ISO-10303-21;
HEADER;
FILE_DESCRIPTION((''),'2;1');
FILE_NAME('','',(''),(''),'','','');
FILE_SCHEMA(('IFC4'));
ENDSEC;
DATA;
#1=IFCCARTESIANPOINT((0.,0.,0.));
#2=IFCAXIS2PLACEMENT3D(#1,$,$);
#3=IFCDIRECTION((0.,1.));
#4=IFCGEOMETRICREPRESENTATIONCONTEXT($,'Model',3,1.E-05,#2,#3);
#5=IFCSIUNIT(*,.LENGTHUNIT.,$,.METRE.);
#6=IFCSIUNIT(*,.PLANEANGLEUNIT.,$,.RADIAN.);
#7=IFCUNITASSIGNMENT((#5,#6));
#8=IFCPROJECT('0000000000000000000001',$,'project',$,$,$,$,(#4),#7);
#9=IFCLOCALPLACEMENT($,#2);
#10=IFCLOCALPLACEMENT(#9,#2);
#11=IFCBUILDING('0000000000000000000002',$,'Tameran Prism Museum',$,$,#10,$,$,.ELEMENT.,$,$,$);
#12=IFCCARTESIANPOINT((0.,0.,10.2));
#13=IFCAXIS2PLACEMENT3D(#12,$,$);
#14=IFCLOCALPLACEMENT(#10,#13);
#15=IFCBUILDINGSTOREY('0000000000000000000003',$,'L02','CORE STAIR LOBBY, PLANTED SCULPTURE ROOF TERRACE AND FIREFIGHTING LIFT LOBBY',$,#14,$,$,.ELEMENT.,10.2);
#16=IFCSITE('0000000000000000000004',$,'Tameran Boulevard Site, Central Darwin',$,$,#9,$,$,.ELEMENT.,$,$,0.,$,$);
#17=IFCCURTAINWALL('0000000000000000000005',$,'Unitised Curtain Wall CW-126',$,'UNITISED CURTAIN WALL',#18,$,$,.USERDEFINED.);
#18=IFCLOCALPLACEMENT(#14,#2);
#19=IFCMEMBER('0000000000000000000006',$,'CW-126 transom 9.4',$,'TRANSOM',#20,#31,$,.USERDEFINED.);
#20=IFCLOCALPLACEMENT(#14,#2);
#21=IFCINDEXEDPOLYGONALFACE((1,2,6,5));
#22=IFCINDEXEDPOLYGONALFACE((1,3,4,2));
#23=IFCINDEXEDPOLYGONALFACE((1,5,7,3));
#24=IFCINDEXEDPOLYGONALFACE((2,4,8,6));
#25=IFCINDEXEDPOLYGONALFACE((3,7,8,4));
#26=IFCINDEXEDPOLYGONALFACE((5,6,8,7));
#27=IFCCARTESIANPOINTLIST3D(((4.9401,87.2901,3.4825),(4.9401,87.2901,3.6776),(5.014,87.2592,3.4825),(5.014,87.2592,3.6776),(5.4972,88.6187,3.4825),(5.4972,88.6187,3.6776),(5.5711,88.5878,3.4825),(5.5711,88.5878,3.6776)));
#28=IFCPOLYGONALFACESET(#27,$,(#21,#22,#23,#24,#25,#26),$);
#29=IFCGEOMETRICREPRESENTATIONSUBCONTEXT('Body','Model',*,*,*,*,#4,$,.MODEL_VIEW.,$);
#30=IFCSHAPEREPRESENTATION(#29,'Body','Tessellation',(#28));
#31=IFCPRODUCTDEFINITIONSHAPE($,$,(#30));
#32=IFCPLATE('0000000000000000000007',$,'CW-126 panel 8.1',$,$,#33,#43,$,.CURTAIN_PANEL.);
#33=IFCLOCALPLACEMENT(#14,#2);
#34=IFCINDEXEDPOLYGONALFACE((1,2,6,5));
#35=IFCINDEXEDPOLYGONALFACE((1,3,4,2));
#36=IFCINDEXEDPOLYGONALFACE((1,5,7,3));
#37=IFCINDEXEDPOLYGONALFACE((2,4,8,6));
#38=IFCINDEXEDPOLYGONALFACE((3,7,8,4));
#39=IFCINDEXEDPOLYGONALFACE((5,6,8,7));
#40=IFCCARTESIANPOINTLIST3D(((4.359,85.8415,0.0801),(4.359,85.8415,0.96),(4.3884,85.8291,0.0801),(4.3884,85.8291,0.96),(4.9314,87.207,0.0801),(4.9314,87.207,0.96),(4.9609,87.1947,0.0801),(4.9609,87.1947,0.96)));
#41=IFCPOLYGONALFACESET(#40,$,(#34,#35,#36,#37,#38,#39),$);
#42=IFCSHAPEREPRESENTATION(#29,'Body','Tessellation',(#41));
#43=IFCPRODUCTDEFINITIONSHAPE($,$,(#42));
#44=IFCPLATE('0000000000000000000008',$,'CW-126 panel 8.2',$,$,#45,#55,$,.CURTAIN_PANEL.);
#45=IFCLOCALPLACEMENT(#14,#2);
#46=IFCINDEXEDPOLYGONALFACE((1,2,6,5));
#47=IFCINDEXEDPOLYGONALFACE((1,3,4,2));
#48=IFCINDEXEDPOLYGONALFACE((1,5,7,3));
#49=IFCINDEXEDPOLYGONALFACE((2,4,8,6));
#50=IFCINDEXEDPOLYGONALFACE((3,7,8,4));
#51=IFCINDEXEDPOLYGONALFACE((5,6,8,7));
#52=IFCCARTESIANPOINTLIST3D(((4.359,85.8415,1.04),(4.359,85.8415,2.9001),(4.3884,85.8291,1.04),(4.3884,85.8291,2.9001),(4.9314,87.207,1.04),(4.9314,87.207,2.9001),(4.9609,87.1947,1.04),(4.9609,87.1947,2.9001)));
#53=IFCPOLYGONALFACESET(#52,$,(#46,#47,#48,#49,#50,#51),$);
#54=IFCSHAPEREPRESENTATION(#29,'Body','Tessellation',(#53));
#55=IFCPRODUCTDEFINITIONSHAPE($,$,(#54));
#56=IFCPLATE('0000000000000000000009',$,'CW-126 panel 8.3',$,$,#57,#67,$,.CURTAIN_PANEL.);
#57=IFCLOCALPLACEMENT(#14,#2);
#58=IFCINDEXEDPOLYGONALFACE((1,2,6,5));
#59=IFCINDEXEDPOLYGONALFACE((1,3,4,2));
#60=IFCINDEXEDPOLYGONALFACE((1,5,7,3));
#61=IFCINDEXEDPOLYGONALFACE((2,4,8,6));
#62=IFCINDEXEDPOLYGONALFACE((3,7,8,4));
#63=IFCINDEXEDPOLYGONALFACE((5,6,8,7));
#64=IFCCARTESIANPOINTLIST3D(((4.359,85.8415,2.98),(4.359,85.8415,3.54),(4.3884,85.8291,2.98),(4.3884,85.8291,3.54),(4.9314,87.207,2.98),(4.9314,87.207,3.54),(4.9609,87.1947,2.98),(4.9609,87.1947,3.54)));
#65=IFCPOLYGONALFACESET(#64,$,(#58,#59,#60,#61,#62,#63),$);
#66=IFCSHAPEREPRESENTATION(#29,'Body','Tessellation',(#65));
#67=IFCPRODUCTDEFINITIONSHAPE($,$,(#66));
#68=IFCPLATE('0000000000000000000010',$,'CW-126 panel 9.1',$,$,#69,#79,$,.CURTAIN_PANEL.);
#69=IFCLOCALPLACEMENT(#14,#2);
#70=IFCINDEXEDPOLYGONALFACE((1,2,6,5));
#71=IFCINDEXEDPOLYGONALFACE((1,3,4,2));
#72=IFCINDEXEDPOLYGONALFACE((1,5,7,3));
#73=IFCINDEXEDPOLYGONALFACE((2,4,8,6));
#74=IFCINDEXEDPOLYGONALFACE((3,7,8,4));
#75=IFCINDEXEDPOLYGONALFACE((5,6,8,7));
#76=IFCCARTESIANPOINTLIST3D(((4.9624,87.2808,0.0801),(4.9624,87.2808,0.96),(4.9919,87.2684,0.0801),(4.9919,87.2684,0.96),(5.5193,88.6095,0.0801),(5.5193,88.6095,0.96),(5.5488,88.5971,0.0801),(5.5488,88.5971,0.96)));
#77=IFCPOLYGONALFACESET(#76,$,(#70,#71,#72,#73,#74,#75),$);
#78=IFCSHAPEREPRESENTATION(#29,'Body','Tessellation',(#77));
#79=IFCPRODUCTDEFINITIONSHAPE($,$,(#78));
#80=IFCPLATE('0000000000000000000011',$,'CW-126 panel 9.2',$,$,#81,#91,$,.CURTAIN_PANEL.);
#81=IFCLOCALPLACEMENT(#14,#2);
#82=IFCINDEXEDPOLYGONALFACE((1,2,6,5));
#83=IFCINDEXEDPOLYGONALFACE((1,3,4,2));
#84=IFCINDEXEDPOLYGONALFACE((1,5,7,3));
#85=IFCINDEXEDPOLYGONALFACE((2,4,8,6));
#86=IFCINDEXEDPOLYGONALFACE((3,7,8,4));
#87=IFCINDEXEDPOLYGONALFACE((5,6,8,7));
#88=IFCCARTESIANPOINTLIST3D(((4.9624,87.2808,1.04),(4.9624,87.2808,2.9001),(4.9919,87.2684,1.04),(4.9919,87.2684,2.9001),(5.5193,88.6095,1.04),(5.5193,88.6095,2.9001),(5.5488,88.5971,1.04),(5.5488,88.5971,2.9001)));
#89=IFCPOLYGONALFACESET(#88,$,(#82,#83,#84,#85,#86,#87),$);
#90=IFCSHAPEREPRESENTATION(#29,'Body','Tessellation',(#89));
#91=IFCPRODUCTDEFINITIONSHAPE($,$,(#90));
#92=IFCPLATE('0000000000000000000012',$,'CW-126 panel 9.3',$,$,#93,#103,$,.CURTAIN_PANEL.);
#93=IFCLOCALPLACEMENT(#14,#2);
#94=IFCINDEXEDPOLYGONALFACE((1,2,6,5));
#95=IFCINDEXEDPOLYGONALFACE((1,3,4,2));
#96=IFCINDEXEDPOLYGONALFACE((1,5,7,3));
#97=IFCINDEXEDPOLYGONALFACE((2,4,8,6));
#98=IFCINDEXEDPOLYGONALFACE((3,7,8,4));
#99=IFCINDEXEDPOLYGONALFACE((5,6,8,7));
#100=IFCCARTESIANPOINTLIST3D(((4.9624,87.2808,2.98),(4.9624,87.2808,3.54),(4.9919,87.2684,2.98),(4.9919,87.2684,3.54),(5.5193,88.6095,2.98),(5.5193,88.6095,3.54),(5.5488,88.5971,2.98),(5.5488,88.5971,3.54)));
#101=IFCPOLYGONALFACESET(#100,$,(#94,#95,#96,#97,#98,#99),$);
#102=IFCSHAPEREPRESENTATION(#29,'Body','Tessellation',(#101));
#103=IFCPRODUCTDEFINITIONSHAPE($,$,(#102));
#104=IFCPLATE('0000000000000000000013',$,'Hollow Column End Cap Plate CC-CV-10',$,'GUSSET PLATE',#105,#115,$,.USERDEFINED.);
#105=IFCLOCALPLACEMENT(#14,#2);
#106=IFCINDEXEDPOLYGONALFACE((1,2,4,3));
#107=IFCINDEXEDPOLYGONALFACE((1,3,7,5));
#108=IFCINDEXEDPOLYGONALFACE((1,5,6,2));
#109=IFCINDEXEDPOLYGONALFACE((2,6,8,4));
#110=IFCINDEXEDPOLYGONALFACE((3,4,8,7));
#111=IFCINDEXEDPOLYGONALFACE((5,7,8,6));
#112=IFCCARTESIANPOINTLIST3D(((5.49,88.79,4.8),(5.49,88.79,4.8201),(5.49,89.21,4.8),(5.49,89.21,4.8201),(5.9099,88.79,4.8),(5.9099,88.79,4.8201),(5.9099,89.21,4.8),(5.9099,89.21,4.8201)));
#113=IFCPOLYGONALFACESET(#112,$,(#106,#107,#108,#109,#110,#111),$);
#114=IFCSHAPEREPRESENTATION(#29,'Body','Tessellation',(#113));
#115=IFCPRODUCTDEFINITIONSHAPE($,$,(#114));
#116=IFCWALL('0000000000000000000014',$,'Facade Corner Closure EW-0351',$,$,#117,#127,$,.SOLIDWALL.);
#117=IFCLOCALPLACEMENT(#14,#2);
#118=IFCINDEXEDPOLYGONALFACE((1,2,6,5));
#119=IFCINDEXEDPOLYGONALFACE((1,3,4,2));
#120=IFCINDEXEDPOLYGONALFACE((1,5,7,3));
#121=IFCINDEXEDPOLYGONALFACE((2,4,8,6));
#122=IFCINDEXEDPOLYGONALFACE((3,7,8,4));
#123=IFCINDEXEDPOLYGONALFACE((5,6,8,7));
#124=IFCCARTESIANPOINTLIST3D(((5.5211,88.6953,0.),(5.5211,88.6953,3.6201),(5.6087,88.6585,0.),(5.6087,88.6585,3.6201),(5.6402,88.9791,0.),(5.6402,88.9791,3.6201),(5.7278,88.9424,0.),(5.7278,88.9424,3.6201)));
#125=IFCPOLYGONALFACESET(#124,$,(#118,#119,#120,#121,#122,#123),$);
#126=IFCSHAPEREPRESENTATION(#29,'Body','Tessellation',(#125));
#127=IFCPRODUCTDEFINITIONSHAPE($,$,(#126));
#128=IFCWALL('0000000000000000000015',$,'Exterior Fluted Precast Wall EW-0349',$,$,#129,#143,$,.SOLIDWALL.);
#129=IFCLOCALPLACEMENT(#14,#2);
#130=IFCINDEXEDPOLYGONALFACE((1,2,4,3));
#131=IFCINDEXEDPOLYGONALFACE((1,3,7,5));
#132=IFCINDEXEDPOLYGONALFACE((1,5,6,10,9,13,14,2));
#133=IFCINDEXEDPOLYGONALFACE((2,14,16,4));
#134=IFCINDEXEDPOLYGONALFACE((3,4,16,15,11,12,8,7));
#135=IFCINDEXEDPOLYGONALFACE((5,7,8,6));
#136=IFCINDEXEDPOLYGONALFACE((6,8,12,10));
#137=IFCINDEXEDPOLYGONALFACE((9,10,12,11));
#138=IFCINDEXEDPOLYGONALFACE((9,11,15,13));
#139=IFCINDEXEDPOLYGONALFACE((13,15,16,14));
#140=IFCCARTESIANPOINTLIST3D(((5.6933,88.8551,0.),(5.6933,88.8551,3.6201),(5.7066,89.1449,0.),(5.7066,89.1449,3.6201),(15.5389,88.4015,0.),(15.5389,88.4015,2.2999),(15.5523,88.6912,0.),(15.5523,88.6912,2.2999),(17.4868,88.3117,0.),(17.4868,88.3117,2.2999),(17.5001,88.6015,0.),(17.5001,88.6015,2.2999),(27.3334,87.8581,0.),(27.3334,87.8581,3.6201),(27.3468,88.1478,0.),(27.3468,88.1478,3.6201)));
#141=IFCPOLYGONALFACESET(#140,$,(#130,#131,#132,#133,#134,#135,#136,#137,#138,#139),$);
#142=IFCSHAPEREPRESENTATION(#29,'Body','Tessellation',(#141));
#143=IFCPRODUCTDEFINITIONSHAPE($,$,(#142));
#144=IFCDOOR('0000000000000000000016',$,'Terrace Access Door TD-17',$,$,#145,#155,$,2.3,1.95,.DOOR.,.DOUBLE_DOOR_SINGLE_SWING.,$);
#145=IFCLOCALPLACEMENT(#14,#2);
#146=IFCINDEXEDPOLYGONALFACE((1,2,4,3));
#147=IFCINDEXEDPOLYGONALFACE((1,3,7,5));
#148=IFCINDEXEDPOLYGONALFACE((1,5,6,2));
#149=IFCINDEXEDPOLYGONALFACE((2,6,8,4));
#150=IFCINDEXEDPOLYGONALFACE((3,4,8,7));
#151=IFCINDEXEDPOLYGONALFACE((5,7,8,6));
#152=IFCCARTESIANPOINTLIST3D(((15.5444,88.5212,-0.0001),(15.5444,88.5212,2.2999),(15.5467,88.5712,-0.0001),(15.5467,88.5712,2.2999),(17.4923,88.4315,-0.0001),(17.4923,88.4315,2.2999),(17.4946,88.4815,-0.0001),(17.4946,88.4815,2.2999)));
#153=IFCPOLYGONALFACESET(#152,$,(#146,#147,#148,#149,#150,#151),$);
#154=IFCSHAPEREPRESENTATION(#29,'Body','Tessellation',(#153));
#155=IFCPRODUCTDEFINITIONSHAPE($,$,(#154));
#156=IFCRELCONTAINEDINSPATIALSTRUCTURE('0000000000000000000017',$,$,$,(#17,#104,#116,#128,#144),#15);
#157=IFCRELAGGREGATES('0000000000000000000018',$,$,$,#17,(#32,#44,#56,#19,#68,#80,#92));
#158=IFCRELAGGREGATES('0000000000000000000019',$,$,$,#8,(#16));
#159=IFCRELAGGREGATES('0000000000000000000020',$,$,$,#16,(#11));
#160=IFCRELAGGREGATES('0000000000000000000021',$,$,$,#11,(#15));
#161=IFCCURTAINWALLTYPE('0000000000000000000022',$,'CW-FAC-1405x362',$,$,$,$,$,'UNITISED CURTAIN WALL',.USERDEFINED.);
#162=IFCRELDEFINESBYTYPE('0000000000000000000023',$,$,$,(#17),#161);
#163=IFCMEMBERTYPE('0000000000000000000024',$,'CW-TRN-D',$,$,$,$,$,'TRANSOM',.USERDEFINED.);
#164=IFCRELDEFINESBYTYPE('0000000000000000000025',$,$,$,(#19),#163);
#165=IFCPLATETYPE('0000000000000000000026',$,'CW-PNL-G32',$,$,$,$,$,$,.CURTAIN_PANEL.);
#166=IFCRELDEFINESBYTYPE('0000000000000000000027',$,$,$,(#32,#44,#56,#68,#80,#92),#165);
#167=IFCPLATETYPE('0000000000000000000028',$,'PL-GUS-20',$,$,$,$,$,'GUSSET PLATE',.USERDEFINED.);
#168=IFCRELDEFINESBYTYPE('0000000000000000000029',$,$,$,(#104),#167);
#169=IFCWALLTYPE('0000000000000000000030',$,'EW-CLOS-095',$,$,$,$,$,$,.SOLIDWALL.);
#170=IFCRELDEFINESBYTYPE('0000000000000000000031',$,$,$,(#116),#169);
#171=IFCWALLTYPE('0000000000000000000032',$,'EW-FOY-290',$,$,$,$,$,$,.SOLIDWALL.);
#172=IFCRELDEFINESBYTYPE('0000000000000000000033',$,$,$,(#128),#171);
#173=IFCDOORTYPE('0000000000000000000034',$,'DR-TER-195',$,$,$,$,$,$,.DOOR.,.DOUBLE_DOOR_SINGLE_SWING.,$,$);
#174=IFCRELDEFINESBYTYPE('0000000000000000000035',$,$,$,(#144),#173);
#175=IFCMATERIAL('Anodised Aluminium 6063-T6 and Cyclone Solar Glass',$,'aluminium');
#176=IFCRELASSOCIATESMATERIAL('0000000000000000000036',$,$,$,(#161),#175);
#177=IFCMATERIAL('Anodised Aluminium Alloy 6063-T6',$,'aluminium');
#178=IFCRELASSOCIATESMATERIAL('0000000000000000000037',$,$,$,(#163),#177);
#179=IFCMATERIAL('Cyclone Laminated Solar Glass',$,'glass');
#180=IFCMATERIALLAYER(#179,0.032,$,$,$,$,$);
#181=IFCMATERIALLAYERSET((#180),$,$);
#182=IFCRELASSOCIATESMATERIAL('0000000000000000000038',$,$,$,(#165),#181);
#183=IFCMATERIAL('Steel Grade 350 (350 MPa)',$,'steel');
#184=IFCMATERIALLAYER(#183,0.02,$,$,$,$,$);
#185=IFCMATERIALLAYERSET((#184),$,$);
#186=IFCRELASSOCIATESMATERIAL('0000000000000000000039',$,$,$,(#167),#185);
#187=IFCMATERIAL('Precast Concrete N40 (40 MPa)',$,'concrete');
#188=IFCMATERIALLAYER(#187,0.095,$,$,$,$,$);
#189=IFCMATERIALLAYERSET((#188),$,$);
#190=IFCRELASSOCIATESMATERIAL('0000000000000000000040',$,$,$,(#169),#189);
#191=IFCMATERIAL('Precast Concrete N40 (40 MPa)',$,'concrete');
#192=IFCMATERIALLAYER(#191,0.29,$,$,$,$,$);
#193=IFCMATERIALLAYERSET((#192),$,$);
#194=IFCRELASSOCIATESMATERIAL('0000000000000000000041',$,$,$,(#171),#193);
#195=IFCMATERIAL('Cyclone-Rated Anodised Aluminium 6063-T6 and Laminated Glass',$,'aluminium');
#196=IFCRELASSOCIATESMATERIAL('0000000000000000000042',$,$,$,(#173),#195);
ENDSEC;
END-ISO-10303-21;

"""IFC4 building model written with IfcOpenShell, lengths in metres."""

from ifc_helpers import new_model, si_unit, direction, frame, frame_2d, origin, origin_2d, place, context, subcontext, project, spatial, rectangle, extrude, material, layer, layer_set, material_profile, profile_set, type_object, element, fill, aggregate, save


model = new_model("IFC4")

# Units and contexts
model_context = context("Model", 3, precision=1e-05, world=origin(), true_north=direction((0.0, 1.0)))
body_context = subcontext(model_context, "Body", "Model", "MODEL_VIEW")
ifc_project = project(units=[si_unit("LENGTHUNIT", "METRE"), si_unit("PLANEANGLEUNIT", "RADIAN")], contexts=[model_context])

# Site, building, storey
site_placement = place(None, origin())
site = spatial("IfcSite", under=ifc_project, at=site_placement, Name="Tameran Boulevard Site, Central Darwin", CompositionType="ELEMENT", RefElevation=0.0)
building_placement = place(site_placement, origin())
building = spatial("IfcBuilding", under=site, at=building_placement, Name="Tameran Prism Museum", CompositionType="ELEMENT")
storey_placement = place(building_placement, frame((0.0, 0.0, 10.2)))
storey = spatial("IfcBuildingStorey", under=building, at=storey_placement, Name="L02", Description="CORE STAIR LOBBY, PLANTED SCULPTURE ROOF TERRACE AND FIREFIGHTING LIFT LOBBY", CompositionType="ELEMENT", Elevation=10.2)

# Curtain wall, member, plates
ifc_material_1 = material(Name="Anodised Aluminium 6063-T6 and Cyclone Solar Glass", Category="aluminium")
curtain_wall_type = type_object("IfcCurtainWallType", Name="CW-FAC-1405x362", ElementType="UNITISED CURTAIN WALL", PredefinedType="USERDEFINED", material=ifc_material_1)
curtain_wall_placement = place(storey_placement, origin())
curtain_wall = element("IfcCurtainWall", 1, at=curtain_wall_placement, inside=storey, type_object=curtain_wall_type, Name="Unitised Curtain Wall CW-126", ObjectType="UNITISED CURTAIN WALL", PredefinedType="USERDEFINED")
ifc_material_2 = material(Name="Anodised Aluminium Alloy 6063-T6", Category="aluminium")
ifc_material_profile_1 = material_profile(ifc_material_2, rectangle(XDim=0.0801, YDim=0.1951, at=origin_2d()))
ifc_profile_set_1 = profile_set([ifc_material_profile_1])
member_type_1 = type_object("IfcMemberType", Name="CW-TRN-D", ElementType="TRANSOM", PredefinedType="USERDEFINED", material=ifc_profile_set_1)
member_1_placement = place(storey_placement, frame((4.9771, 87.2747, 3.5801), z_axis=(0.386708, 0.922202, 0.0), x_axis=(-0.922202, 0.386708, 0.0)))
member_1 = element("IfcMember", 2, at=member_1_placement, type_object=member_type_1, Name="CW-126 transom 9.4", ObjectType="TRANSOM", PredefinedType="USERDEFINED", context=body_context, shape_type="SweptSolid", body=[
    extrude(rectangle(XDim=0.0801, YDim=0.1951, at=origin_2d()), origin(), (0.0, 0.0, 1.0), 1.4407),
])
ifc_material_3 = material(Name="Cyclone Laminated Solar Glass", Category="glass")
ifc_layer_1 = layer(ifc_material_3, 0.032)
ifc_layer_set_1 = layer_set([ifc_layer_1])
plate_type_1 = type_object("IfcPlateType", Name="CW-PNL-G32", PredefinedType="CURTAIN_PANEL", material=ifc_layer_set_1)
plate_1_placement = place(storey_placement, frame((4.6599, 86.5181, 0.0801), z_axis=(0.0, 0.0, 1.0), x_axis=(0.386586, 0.922253, 0.0)))
plate_1 = element("IfcPlate", 3, at=plate_1_placement, type_object=plate_type_1, Name="CW-126 panel 8.1", PredefinedType="CURTAIN_PANEL", context=body_context, shape_type="SweptSolid", body=[
    extrude(rectangle(XDim=1.4807, YDim=0.032, at=origin_2d()), origin(), (0.0, 0.0, 1.0), 0.8799),
])
plate_2_placement = place(storey_placement, frame((4.6599, 86.5181, 1.04), z_axis=(0.0, 0.0, 1.0), x_axis=(0.386586, 0.922253, 0.0)))
plate_2 = element("IfcPlate", 4, at=plate_2_placement, type_object=plate_type_1, Name="CW-126 panel 8.2", PredefinedType="CURTAIN_PANEL", context=body_context, shape_type="SweptSolid", body=[
    extrude(rectangle(XDim=1.4807, YDim=0.032, at=origin_2d()), origin(), (0.0, 0.0, 1.0), 1.8601),
])
plate_3_placement = place(storey_placement, frame((4.6599, 86.5181, 2.98), z_axis=(0.0, 0.0, 1.0), x_axis=(0.386586, 0.922253, 0.0)))
plate_3 = element("IfcPlate", 5, at=plate_3_placement, type_object=plate_type_1, Name="CW-126 panel 8.3", PredefinedType="CURTAIN_PANEL", context=body_context, shape_type="SweptSolid", body=[
    extrude(rectangle(XDim=1.4807, YDim=0.032, at=origin_2d()), origin(), (0.0, 0.0, 1.0), 0.5601),
])
plate_4_placement = place(storey_placement, frame((5.2556, 87.939, 0.0801), z_axis=(0.0, 0.0, 1.0), x_axis=(0.386586, 0.922253, 0.0)))
plate_4 = element("IfcPlate", 6, at=plate_4_placement, type_object=plate_type_1, Name="CW-126 panel 9.1", PredefinedType="CURTAIN_PANEL", context=body_context, shape_type="SweptSolid", body=[
    extrude(rectangle(XDim=1.4407, YDim=0.032, at=origin_2d()), origin(), (0.0, 0.0, 1.0), 0.8799),
])
plate_5_placement = place(storey_placement, frame((5.2556, 87.939, 1.04), z_axis=(0.0, 0.0, 1.0), x_axis=(0.386586, 0.922253, 0.0)))
plate_5 = element("IfcPlate", 7, at=plate_5_placement, type_object=plate_type_1, Name="CW-126 panel 9.2", PredefinedType="CURTAIN_PANEL", context=body_context, shape_type="SweptSolid", body=[
    extrude(rectangle(XDim=1.4407, YDim=0.032, at=origin_2d()), origin(), (0.0, 0.0, 1.0), 1.8601),
])
plate_6_placement = place(storey_placement, frame((5.2556, 87.939, 2.98), z_axis=(0.0, 0.0, 1.0), x_axis=(0.386586, 0.922253, 0.0)))
plate_6 = element("IfcPlate", 8, at=plate_6_placement, type_object=plate_type_1, Name="CW-126 panel 9.3", PredefinedType="CURTAIN_PANEL", context=body_context, shape_type="SweptSolid", body=[
    extrude(rectangle(XDim=1.4407, YDim=0.032, at=origin_2d()), origin(), (0.0, 0.0, 1.0), 0.5601),
])
aggregate(curtain_wall, [plate_1, plate_2, plate_3, member_1, plate_4, plate_5, plate_6])

# Plate
ifc_material_4 = material(Name="Steel Grade 350 (350 MPa)", Category="steel")
ifc_layer_2 = layer(ifc_material_4, 0.02)
ifc_layer_set_2 = layer_set([ifc_layer_2])
plate_type_2 = type_object("IfcPlateType", Name="PL-GUS-20", ElementType="GUSSET PLATE", PredefinedType="USERDEFINED", material=ifc_layer_set_2)
plate_7_placement = place(storey_placement, frame((5.7, 89.0, 4.8), z_axis=(0.0, 0.0, 1.0), x_axis=(1.0, 0.0, 0.0)))
element("IfcPlate", 9, at=plate_7_placement, inside=storey, type_object=plate_type_2, Name="Hollow Column End Cap Plate CC-CV-10", ObjectType="GUSSET PLATE", PredefinedType="USERDEFINED", context=body_context, shape_type="SweptSolid", body=[
    extrude(rectangle(XDim=0.4199, YDim=0.4199, at=origin_2d()), origin(), (0.0, 0.0, 1.0), 0.02),
])

# Wall
ifc_material_5 = material(Name="Precast Concrete N40 (40 MPa)", Category="concrete")
ifc_layer_3 = layer(ifc_material_5, 0.095)
ifc_layer_set_3 = layer_set([ifc_layer_3])
wall_type_1 = type_object("IfcWallType", Name="EW-CLOS-095", PredefinedType="SOLIDWALL", material=ifc_layer_set_3)
wall_1_placement = place(storey_placement, frame((5.5649, 88.677, 0.0), z_axis=(0.0, 0.0, 1.0), x_axis=(0.386922, 0.922112, 0.0)))
element("IfcWall", 10, at=wall_1_placement, inside=storey, type_object=wall_type_1, Name="Facade Corner Closure EW-0351", PredefinedType="SOLIDWALL", context=body_context, shape_type="SweptSolid", body=[
    extrude(rectangle(XDim=0.3079, YDim=0.095, at=frame_2d((0.1538, 0.0))), origin(), (0.0, 0.0, 1.0), 3.6201),
])

# Wall, opening, door
ifc_material_6 = material(Name="Precast Concrete N40 (40 MPa)", Category="concrete")
ifc_layer_4 = layer(ifc_material_6, 0.29)
ifc_layer_set_4 = layer_set([ifc_layer_4])
wall_type_2 = type_object("IfcWallType", Name="EW-FOY-290", PredefinedType="SOLIDWALL", material=ifc_layer_set_4)
wall_2_placement = place(storey_placement, frame((5.7, 89.0, 0.0), z_axis=(0.0, 0.0, 1.0), x_axis=(0.99894, -0.046026, 0.0)))
wall_2 = element("IfcWall", 11, at=wall_2_placement, inside=storey, type_object=wall_type_2, Name="Exterior Fluted Precast Wall EW-0349", PredefinedType="SOLIDWALL", context=body_context, shape_type="SweptSolid", body=[
    extrude(rectangle(XDim=21.6631, YDim=0.29, at=frame_2d((10.8315, 0.0))), origin(), (0.0, 0.0, 1.0), 3.6201),
])
opening_placement = place(wall_2_placement, frame((9.856, 0.0, 0.0)))
opening = element("IfcOpeningElement", 12, at=opening_placement, cuts=wall_2, PredefinedType="OPENING", context=body_context, shape_type="SweptSolid", body=[
    extrude(rectangle(XDim=1.95, YDim=2.3, at=frame_2d((0.9751, 1.1499))), frame((0.0, 0.155, 0.0), z_axis=(0.0, -1.0, 0.0), x_axis=(1.0, 0.0, 0.0)), (0.0, 0.0, 1.0), 0.3101),
])
ifc_material_7 = material(Name="Cyclone-Rated Anodised Aluminium 6063-T6 and Laminated Glass", Category="aluminium")
door_type = type_object("IfcDoorType", Name="DR-TER-195", OperationType="DOUBLE_DOOR_SINGLE_SWING", PredefinedType="DOOR", material=ifc_material_7)
door_placement = place(opening_placement, origin())
door = element("IfcDoor", 13, at=door_placement, inside=storey, type_object=door_type, Name="Terrace Access Door TD-17", OperationType="DOUBLE_DOOR_SINGLE_SWING", OverallHeight=2.3, OverallWidth=1.95, PredefinedType="DOOR", context=body_context, shape_type="SweptSolid", body=[
    extrude(rectangle(XDim=1.95, YDim=2.3, at=frame_2d((0.9751, 1.1499))), frame((0.0, 0.0249, 0.0), z_axis=(0.0, -1.0, 0.0), x_axis=(1.0, 0.0, 0.0)), (0.0, 0.0, 1.0), 0.05),
])
fill(opening, door)

save(model, "model.ifc")
